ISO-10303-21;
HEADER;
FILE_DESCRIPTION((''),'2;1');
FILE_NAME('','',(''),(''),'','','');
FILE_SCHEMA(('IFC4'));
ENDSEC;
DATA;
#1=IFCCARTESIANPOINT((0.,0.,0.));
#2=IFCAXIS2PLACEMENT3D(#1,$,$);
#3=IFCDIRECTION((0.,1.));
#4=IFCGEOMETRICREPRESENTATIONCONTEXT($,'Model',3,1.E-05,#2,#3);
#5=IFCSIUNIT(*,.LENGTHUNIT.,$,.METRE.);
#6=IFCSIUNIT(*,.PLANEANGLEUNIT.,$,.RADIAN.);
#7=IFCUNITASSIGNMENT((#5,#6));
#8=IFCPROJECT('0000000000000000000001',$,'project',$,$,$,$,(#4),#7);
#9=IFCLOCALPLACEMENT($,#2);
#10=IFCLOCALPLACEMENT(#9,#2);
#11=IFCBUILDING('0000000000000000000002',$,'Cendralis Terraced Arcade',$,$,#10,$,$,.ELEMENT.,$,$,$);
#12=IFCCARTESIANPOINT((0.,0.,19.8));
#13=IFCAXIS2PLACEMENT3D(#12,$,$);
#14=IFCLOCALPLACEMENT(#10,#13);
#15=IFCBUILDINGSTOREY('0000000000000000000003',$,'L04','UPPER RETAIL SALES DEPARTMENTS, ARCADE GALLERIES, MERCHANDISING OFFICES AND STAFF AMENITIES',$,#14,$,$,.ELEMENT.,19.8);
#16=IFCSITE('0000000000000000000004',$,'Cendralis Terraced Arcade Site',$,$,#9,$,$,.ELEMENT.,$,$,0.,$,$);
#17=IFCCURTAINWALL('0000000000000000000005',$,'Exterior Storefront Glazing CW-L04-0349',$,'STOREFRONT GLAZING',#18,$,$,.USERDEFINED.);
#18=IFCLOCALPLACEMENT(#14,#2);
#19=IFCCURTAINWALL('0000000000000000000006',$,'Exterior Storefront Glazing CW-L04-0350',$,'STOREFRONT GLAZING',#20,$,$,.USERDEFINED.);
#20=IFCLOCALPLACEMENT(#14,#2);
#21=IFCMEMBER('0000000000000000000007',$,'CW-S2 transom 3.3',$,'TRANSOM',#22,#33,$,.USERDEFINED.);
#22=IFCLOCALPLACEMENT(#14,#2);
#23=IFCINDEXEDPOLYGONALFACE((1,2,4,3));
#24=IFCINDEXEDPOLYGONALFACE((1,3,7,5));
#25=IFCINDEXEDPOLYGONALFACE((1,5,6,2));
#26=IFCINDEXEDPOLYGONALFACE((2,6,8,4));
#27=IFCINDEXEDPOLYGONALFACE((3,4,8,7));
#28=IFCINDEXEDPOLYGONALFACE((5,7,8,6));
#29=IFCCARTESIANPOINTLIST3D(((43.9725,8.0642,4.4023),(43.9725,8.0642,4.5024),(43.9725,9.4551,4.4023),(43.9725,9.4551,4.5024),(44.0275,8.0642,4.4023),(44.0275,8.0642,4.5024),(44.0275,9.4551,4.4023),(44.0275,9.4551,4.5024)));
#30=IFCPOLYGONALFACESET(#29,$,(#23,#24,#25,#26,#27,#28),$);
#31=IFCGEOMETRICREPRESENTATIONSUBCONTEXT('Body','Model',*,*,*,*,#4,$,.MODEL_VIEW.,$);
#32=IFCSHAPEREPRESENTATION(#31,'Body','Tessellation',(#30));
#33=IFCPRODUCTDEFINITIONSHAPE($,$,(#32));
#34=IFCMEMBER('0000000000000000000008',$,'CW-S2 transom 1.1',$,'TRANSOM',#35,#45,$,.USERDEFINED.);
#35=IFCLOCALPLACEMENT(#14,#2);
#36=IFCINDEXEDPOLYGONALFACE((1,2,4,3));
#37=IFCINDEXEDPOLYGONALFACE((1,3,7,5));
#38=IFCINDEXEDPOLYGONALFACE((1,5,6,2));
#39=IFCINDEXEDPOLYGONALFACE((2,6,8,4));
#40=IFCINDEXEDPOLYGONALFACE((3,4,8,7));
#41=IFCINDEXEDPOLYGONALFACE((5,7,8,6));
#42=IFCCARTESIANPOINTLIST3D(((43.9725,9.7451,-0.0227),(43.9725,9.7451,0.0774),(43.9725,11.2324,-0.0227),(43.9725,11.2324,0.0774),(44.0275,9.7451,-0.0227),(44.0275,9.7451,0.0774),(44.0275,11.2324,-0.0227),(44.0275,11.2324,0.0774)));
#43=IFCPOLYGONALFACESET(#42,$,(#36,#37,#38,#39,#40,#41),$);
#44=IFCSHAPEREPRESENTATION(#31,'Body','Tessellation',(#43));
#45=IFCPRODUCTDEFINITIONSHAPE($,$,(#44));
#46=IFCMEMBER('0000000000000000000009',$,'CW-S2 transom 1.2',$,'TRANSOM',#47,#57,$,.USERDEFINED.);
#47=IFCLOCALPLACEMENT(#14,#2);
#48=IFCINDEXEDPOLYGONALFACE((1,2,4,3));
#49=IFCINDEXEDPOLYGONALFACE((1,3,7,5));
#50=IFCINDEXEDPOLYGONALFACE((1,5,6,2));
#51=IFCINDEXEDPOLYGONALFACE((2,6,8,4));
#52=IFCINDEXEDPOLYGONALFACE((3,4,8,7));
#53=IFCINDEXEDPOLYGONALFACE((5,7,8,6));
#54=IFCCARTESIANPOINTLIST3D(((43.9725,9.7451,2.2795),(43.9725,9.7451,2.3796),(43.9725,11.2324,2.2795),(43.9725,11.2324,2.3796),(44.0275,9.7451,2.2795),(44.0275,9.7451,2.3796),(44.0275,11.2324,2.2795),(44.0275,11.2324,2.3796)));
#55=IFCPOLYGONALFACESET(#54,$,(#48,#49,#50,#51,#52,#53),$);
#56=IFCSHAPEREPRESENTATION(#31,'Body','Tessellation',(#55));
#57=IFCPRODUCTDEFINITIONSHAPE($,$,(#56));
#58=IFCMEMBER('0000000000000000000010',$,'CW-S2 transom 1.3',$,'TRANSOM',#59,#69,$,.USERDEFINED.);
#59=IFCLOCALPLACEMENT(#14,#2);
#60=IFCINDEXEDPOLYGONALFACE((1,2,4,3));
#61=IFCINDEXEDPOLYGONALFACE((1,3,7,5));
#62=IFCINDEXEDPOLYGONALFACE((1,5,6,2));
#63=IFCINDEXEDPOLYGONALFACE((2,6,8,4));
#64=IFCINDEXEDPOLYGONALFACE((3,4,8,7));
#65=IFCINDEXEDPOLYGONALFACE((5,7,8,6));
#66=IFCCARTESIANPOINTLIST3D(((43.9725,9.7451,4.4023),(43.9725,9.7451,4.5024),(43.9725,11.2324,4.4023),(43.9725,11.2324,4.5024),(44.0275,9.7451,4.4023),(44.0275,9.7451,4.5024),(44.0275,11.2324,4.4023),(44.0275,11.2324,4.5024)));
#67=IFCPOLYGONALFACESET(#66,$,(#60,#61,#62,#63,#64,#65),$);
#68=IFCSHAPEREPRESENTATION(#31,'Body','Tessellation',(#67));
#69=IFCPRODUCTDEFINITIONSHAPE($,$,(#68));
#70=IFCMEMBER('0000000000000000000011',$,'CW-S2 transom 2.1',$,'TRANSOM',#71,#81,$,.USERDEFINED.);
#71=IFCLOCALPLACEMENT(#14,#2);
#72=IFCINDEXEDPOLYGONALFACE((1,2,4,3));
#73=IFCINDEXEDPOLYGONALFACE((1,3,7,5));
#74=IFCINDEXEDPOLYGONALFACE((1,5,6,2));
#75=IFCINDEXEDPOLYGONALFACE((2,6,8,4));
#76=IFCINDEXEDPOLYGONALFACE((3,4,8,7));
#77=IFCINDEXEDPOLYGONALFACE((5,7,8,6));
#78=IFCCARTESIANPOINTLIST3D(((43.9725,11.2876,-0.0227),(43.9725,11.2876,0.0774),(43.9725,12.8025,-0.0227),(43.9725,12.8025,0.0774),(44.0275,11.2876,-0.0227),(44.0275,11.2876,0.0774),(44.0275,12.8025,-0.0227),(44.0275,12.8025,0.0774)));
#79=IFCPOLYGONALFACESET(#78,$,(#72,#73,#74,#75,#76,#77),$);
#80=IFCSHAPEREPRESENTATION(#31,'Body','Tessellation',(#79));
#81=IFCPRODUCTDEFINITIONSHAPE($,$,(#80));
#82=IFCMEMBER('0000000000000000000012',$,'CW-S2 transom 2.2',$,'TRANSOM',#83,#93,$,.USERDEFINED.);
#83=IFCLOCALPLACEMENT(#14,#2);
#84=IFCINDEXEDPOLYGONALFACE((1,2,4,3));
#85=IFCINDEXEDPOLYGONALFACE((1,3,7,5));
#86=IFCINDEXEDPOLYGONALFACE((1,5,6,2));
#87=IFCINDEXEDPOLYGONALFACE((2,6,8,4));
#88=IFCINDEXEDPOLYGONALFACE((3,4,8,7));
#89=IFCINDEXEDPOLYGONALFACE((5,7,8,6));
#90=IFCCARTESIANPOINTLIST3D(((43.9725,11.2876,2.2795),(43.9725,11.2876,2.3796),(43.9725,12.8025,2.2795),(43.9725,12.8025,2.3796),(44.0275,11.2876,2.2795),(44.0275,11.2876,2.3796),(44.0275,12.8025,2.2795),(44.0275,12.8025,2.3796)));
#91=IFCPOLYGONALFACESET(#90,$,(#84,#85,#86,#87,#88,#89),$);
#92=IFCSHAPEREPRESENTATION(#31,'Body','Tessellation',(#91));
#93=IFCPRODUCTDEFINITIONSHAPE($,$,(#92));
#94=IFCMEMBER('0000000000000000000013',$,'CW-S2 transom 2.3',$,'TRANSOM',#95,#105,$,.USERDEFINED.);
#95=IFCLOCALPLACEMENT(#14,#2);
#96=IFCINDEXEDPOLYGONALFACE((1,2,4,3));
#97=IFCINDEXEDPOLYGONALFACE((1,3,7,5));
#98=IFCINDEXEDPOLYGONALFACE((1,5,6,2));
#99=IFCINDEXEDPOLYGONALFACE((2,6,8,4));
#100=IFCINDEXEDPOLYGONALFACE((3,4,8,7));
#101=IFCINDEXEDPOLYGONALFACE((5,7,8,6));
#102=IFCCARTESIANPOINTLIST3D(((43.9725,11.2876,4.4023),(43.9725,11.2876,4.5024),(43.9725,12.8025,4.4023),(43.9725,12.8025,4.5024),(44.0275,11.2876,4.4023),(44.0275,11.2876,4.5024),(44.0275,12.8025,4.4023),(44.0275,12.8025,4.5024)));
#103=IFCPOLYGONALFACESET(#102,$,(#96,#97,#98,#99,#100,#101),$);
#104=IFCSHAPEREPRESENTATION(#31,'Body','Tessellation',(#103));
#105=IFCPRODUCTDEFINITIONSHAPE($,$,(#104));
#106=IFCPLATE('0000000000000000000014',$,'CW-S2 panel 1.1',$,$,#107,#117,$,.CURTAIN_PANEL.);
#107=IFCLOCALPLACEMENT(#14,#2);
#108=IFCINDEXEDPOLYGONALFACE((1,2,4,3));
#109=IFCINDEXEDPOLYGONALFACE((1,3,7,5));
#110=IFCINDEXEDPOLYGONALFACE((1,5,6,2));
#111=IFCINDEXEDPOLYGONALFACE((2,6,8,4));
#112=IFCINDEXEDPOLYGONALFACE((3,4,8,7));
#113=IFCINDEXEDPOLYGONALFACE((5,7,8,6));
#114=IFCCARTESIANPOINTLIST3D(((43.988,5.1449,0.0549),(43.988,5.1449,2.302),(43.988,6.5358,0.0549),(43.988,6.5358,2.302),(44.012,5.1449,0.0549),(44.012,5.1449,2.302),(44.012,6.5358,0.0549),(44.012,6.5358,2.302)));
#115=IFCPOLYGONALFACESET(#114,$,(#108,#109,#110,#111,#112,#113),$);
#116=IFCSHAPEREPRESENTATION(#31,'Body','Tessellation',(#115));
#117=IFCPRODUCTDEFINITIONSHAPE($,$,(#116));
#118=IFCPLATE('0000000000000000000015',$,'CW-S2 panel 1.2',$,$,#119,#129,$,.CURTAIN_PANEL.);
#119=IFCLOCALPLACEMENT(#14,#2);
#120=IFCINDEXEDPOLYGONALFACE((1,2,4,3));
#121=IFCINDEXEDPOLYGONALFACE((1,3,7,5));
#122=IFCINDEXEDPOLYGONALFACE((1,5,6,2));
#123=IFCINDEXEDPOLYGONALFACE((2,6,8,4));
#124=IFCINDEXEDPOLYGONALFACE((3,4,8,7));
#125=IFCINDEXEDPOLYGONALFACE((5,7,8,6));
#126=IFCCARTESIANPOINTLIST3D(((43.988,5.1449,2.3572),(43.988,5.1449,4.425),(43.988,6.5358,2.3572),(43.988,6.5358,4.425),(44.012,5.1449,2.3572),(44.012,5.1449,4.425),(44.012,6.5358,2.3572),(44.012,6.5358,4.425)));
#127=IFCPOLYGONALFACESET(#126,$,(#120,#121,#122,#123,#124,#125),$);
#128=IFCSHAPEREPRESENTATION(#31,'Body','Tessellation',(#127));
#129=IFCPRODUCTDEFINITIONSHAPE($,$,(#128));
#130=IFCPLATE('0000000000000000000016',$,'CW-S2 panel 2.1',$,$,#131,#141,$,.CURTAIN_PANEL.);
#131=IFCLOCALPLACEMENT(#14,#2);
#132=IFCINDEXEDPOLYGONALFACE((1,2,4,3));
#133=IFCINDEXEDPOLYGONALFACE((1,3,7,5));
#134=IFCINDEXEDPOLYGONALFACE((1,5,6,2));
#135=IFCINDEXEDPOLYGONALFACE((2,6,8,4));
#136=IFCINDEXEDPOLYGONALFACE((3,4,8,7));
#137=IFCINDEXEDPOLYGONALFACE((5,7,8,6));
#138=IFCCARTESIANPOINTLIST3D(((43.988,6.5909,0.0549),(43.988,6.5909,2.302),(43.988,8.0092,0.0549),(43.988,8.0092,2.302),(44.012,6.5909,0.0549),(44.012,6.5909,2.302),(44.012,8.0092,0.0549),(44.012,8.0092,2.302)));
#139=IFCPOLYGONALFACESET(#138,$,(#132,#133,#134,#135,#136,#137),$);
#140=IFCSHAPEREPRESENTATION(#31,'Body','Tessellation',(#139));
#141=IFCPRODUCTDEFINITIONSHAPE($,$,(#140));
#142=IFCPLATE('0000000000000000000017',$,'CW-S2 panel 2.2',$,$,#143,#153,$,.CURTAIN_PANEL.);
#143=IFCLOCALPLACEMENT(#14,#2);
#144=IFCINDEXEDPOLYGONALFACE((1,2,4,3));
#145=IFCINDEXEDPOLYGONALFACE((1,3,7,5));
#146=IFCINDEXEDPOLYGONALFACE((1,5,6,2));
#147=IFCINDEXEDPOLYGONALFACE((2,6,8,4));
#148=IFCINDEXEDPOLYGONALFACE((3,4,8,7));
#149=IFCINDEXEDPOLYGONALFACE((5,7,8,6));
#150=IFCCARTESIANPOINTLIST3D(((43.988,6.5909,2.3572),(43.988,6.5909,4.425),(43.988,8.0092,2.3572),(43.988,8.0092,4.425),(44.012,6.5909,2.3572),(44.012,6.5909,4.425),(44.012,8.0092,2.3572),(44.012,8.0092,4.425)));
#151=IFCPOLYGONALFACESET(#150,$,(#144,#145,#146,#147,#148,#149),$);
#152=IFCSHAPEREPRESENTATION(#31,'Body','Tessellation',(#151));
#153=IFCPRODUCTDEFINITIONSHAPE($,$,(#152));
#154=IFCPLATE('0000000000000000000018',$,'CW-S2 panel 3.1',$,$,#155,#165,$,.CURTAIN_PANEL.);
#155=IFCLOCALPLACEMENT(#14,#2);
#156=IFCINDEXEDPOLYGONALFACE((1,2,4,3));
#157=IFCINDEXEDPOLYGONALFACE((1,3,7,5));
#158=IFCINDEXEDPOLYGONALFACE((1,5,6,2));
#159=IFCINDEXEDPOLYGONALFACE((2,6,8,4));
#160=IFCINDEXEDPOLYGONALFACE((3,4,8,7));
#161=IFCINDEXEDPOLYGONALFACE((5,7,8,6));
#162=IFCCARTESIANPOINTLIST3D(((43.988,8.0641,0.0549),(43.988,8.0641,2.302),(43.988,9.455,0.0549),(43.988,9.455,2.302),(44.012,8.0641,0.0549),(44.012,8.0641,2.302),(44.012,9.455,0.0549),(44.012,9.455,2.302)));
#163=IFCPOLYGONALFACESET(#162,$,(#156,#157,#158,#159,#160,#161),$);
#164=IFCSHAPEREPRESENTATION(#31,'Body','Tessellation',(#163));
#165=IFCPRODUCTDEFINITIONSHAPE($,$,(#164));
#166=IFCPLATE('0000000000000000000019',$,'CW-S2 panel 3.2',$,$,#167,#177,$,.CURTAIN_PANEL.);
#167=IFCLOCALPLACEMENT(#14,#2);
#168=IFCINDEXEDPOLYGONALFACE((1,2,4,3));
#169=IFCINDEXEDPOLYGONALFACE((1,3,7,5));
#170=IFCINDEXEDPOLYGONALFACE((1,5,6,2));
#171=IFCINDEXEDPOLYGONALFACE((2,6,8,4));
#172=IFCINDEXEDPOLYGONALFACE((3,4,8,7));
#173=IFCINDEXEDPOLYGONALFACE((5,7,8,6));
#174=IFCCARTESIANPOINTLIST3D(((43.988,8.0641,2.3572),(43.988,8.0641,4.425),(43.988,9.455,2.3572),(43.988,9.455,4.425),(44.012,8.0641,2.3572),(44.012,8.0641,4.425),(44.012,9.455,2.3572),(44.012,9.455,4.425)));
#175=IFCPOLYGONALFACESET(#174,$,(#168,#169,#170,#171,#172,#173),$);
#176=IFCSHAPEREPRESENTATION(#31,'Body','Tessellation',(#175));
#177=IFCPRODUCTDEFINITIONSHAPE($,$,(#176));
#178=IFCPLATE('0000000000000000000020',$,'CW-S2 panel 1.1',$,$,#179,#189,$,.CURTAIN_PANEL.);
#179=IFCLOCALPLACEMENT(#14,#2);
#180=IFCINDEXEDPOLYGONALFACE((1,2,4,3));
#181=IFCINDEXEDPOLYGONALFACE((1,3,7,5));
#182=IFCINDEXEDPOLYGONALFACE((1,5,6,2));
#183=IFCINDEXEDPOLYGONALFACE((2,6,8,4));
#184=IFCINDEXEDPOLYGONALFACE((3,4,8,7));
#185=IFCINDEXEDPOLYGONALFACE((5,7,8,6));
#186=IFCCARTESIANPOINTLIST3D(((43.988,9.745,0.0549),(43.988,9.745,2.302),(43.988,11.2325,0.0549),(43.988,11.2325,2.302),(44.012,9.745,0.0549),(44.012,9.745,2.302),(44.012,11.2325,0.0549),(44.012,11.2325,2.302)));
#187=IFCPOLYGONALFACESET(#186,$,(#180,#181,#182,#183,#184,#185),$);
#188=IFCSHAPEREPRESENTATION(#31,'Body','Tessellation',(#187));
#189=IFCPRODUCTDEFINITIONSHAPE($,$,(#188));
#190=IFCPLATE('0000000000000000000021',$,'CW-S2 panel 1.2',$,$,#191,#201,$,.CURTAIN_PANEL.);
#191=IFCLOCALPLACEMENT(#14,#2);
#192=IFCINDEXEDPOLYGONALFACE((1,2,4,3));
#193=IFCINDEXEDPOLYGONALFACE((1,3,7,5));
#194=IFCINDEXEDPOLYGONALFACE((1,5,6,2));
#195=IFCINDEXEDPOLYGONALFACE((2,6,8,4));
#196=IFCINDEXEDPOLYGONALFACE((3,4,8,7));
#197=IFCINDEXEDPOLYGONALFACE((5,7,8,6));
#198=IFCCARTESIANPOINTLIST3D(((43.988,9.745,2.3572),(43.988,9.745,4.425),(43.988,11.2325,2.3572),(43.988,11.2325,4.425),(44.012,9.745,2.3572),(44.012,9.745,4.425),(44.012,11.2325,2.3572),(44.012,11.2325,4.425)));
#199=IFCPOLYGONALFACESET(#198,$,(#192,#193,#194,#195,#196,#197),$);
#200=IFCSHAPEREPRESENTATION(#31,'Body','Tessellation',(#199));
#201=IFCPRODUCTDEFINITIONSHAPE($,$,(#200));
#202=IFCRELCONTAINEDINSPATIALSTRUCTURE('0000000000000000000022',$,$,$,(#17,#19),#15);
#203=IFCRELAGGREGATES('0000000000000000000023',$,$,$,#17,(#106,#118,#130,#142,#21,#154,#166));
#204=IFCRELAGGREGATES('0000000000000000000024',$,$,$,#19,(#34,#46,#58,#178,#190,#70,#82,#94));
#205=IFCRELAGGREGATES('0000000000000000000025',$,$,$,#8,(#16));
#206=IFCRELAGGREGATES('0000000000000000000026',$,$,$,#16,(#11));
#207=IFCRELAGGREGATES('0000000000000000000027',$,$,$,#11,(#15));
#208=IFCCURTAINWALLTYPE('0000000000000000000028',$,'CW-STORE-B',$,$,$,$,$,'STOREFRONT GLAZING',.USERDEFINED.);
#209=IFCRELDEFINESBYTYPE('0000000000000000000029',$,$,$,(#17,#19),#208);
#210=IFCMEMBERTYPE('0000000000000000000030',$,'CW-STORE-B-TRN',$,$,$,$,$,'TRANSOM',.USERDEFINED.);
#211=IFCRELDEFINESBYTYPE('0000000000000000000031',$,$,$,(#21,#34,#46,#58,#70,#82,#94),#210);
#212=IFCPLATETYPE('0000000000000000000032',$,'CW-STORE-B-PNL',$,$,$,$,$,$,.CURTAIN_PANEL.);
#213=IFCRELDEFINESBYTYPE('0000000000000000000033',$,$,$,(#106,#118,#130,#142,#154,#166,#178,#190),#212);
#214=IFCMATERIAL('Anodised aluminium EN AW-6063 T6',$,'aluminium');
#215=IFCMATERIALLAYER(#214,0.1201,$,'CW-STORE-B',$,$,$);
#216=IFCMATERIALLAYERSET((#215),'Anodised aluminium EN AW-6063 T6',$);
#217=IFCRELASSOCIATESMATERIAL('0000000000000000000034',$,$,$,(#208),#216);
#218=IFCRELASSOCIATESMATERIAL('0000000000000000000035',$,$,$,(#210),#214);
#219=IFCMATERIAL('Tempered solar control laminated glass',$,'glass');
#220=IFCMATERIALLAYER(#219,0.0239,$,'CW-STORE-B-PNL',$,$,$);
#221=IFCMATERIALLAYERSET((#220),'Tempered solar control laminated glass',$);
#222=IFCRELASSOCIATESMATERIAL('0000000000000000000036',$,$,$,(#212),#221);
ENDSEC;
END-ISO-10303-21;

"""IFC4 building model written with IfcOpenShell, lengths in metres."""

from ifc_helpers import new_model, si_unit, direction, frame, origin, origin_2d, place, context, subcontext, project, spatial, rectangle, extrude, material, layer, layer_set, material_profile, profile_set, type_object, element, aggregate, save


model = new_model("IFC4")

# Units and contexts
model_context = context("Model", 3, precision=1e-05, world=origin(), true_north=direction((0.0, 1.0)))
body_context = subcontext(model_context, "Body", "Model", "MODEL_VIEW")
ifc_project = project(units=[si_unit("LENGTHUNIT", "METRE"), si_unit("PLANEANGLEUNIT", "RADIAN")], contexts=[model_context])

# Site, building, storey
site_placement = place(None, origin())
site = spatial("IfcSite", under=ifc_project, at=site_placement, Name="Cendralis Terraced Arcade Site", CompositionType="ELEMENT", RefElevation=0.0)
building_placement = place(site_placement, origin())
building = spatial("IfcBuilding", under=site, at=building_placement, Name="Cendralis Terraced Arcade", CompositionType="ELEMENT")
storey_placement = place(building_placement, frame((0.0, 0.0, 19.8)))
storey = spatial("IfcBuildingStorey", under=building, at=storey_placement, Name="L04", Description="UPPER RETAIL SALES DEPARTMENTS, ARCADE GALLERIES, MERCHANDISING OFFICES AND STAFF AMENITIES", CompositionType="ELEMENT", Elevation=19.8)

# Shared definitions
ifc_material_1 = material(Name="Anodised aluminium EN AW-6063 T6", Category="aluminium")
ifc_layer_1 = layer(ifc_material_1, 0.1201, Name="CW-STORE-B")
ifc_layer_set_1 = layer_set([ifc_layer_1], Name="Anodised aluminium EN AW-6063 T6")
curtain_wall_type = type_object("IfcCurtainWallType", Name="CW-STORE-B", ElementType="STOREFRONT GLAZING", PredefinedType="USERDEFINED", material=ifc_layer_set_1)

# Curtain walls
curtain_wall_1_placement = place(storey_placement, origin())
curtain_wall_1 = element("IfcCurtainWall", 1, at=curtain_wall_1_placement, inside=storey, type_object=curtain_wall_type, Name="Exterior Storefront Glazing CW-L04-0349", ObjectType="STOREFRONT GLAZING", PredefinedType="USERDEFINED")
curtain_wall_2_placement = place(storey_placement, origin())
curtain_wall_2 = element("IfcCurtainWall", 2, at=curtain_wall_2_placement, inside=storey, type_object=curtain_wall_type, Name="Exterior Storefront Glazing CW-L04-0350", ObjectType="STOREFRONT GLAZING", PredefinedType="USERDEFINED")

# Members
ifc_material_profile_1 = material_profile(ifc_material_1, rectangle(XDim=0.0549, YDim=0.1001, at=origin_2d()), Name="ALU-TRN-55x100")
ifc_profile_set_1 = profile_set([ifc_material_profile_1], Name="Anodised aluminium EN AW-6063 T6")
member_type_1 = type_object("IfcMemberType", Name="CW-STORE-B-TRN", ElementType="TRANSOM", PredefinedType="USERDEFINED", material=ifc_profile_set_1)
member_1_placement = place(storey_placement, frame((44.0, 8.0642, 4.4524), z_axis=(0.0, 1.0, 0.0), x_axis=(-1.0, 0.0, 0.0)))
member_1 = element("IfcMember", 3, at=member_1_placement, type_object=member_type_1, Name="CW-S2 transom 3.3", ObjectType="TRANSOM", PredefinedType="USERDEFINED", context=body_context, shape_type="SweptSolid", body=[
    extrude(rectangle(XDim=0.0549, YDim=0.1001, at=origin_2d()), origin(), (0.0, 0.0, 1.0), 1.3909),
])
member_2_placement = place(storey_placement, frame((44.0, 9.7451, 0.0273), z_axis=(0.0, 1.0, 0.0), x_axis=(-1.0, 0.0, 0.0)))
member_2 = element("IfcMember", 4, at=member_2_placement, type_object=member_type_1, Name="CW-S2 transom 1.1", ObjectType="TRANSOM", PredefinedType="USERDEFINED", context=body_context, shape_type="SweptSolid", body=[
    extrude(rectangle(XDim=0.0549, YDim=0.1001, at=origin_2d()), origin(), (0.0, 0.0, 1.0), 1.4873),
])
member_3_placement = place(storey_placement, frame((44.0, 9.7451, 2.3296), z_axis=(0.0, 1.0, 0.0), x_axis=(-1.0, 0.0, 0.0)))
member_3 = element("IfcMember", 5, at=member_3_placement, type_object=member_type_1, Name="CW-S2 transom 1.2", ObjectType="TRANSOM", PredefinedType="USERDEFINED", context=body_context, shape_type="SweptSolid", body=[
    extrude(rectangle(XDim=0.0549, YDim=0.1001, at=origin_2d()), origin(), (0.0, 0.0, 1.0), 1.4873),
])
member_4_placement = place(storey_placement, frame((44.0, 9.7451, 4.4524), z_axis=(0.0, 1.0, 0.0), x_axis=(-1.0, 0.0, 0.0)))
member_4 = element("IfcMember", 6, at=member_4_placement, type_object=member_type_1, Name="CW-S2 transom 1.3", ObjectType="TRANSOM", PredefinedType="USERDEFINED", context=body_context, shape_type="SweptSolid", body=[
    extrude(rectangle(XDim=0.0549, YDim=0.1001, at=origin_2d()), origin(), (0.0, 0.0, 1.0), 1.4873),
])
member_5_placement = place(storey_placement, frame((44.0, 11.2876, 0.0273), z_axis=(0.0, 1.0, 0.0), x_axis=(-1.0, 0.0, 0.0)))
member_5 = element("IfcMember", 7, at=member_5_placement, type_object=member_type_1, Name="CW-S2 transom 2.1", ObjectType="TRANSOM", PredefinedType="USERDEFINED", context=body_context, shape_type="SweptSolid", body=[
    extrude(rectangle(XDim=0.0549, YDim=0.1001, at=origin_2d()), origin(), (0.0, 0.0, 1.0), 1.5149),
])
member_6_placement = place(storey_placement, frame((44.0, 11.2876, 2.3296), z_axis=(0.0, 1.0, 0.0), x_axis=(-1.0, 0.0, 0.0)))
member_6 = element("IfcMember", 8, at=member_6_placement, type_object=member_type_1, Name="CW-S2 transom 2.2", ObjectType="TRANSOM", PredefinedType="USERDEFINED", context=body_context, shape_type="SweptSolid", body=[
    extrude(rectangle(XDim=0.0549, YDim=0.1001, at=origin_2d()), origin(), (0.0, 0.0, 1.0), 1.5149),
])
member_7_placement = place(storey_placement, frame((44.0, 11.2876, 4.4524), z_axis=(0.0, 1.0, 0.0), x_axis=(-1.0, 0.0, 0.0)))
member_7 = element("IfcMember", 9, at=member_7_placement, type_object=member_type_1, Name="CW-S2 transom 2.3", ObjectType="TRANSOM", PredefinedType="USERDEFINED", context=body_context, shape_type="SweptSolid", body=[
    extrude(rectangle(XDim=0.0549, YDim=0.1001, at=origin_2d()), origin(), (0.0, 0.0, 1.0), 1.5149),
])

# Plates
ifc_material_2 = material(Name="Tempered solar control laminated glass", Category="glass")
ifc_layer_2 = layer(ifc_material_2, 0.0239, Name="CW-STORE-B-PNL")
ifc_layer_set_2 = layer_set([ifc_layer_2], Name="Tempered solar control laminated glass")
plate_type = type_object("IfcPlateType", Name="CW-STORE-B-PNL", PredefinedType="CURTAIN_PANEL", material=ifc_layer_set_2)
plate_1_placement = place(storey_placement, frame((44.0, 5.8403, 0.0549), z_axis=(0.0, 0.0, 1.0), x_axis=(0.0, 1.0, 0.0)))
plate_1 = element("IfcPlate", 10, at=plate_1_placement, type_object=plate_type, Name="CW-S2 panel 1.1", PredefinedType="CURTAIN_PANEL", context=body_context, shape_type="SweptSolid", body=[
    extrude(rectangle(XDim=1.3909, YDim=0.0239, at=origin_2d()), origin(), (0.0, 0.0, 1.0), 2.2471),
])
plate_2_placement = place(storey_placement, frame((44.0, 5.8403, 2.3572), z_axis=(0.0, 0.0, 1.0), x_axis=(0.0, 1.0, 0.0)))
plate_2 = element("IfcPlate", 11, at=plate_2_placement, type_object=plate_type, Name="CW-S2 panel 1.2", PredefinedType="CURTAIN_PANEL", context=body_context, shape_type="SweptSolid", body=[
    extrude(rectangle(XDim=1.3909, YDim=0.0239, at=origin_2d()), origin(), (0.0, 0.0, 1.0), 2.0679),
])
plate_3_placement = place(storey_placement, frame((44.0, 7.3, 0.0549), z_axis=(0.0, 0.0, 1.0), x_axis=(0.0, 1.0, 0.0)))
plate_3 = element("IfcPlate", 12, at=plate_3_placement, type_object=plate_type, Name="CW-S2 panel 2.1", PredefinedType="CURTAIN_PANEL", context=body_context, shape_type="SweptSolid", body=[
    extrude(rectangle(XDim=1.4182, YDim=0.0239, at=origin_2d()), origin(), (0.0, 0.0, 1.0), 2.2471),
])
plate_4_placement = place(storey_placement, frame((44.0, 7.3, 2.3572), z_axis=(0.0, 0.0, 1.0), x_axis=(0.0, 1.0, 0.0)))
plate_4 = element("IfcPlate", 13, at=plate_4_placement, type_object=plate_type, Name="CW-S2 panel 2.2", PredefinedType="CURTAIN_PANEL", context=body_context, shape_type="SweptSolid", body=[
    extrude(rectangle(XDim=1.4182, YDim=0.0239, at=origin_2d()), origin(), (0.0, 0.0, 1.0), 2.0679),
])
plate_5_placement = place(storey_placement, frame((44.0, 8.7595, 0.0549), z_axis=(0.0, 0.0, 1.0), x_axis=(0.0, 1.0, 0.0)))
plate_5 = element("IfcPlate", 14, at=plate_5_placement, type_object=plate_type, Name="CW-S2 panel 3.1", PredefinedType="CURTAIN_PANEL", context=body_context, shape_type="SweptSolid", body=[
    extrude(rectangle(XDim=1.3909, YDim=0.0239, at=origin_2d()), origin(), (0.0, 0.0, 1.0), 2.2471),
])
plate_6_placement = place(storey_placement, frame((44.0, 8.7595, 2.3572), z_axis=(0.0, 0.0, 1.0), x_axis=(0.0, 1.0, 0.0)))
plate_6 = element("IfcPlate", 15, at=plate_6_placement, type_object=plate_type, Name="CW-S2 panel 3.2", PredefinedType="CURTAIN_PANEL", context=body_context, shape_type="SweptSolid", body=[
    extrude(rectangle(XDim=1.3909, YDim=0.0239, at=origin_2d()), origin(), (0.0, 0.0, 1.0), 2.0679),
])
aggregate(curtain_wall_1, [plate_1, plate_2, plate_3, plate_4, member_1, plate_5, plate_6])
plate_7_placement = place(storey_placement, frame((44.0, 10.4888, 0.0549), z_axis=(0.0, 0.0, 1.0), x_axis=(0.0, 1.0, 0.0)))
plate_7 = element("IfcPlate", 16, at=plate_7_placement, type_object=plate_type, Name="CW-S2 panel 1.1", PredefinedType="CURTAIN_PANEL", context=body_context, shape_type="SweptSolid", body=[
    extrude(rectangle(XDim=1.4875, YDim=0.0239, at=origin_2d()), origin(), (0.0, 0.0, 1.0), 2.2471),
])
plate_8_placement = place(storey_placement, frame((44.0, 10.4888, 2.3572), z_axis=(0.0, 0.0, 1.0), x_axis=(0.0, 1.0, 0.0)))
plate_8 = element("IfcPlate", 17, at=plate_8_placement, type_object=plate_type, Name="CW-S2 panel 1.2", PredefinedType="CURTAIN_PANEL", context=body_context, shape_type="SweptSolid", body=[
    extrude(rectangle(XDim=1.4875, YDim=0.0239, at=origin_2d()), origin(), (0.0, 0.0, 1.0), 2.0679),
])
aggregate(curtain_wall_2, [member_2, member_3, member_4, plate_7, plate_8, member_5, member_6, member_7])

save(model, "model.ifc")
